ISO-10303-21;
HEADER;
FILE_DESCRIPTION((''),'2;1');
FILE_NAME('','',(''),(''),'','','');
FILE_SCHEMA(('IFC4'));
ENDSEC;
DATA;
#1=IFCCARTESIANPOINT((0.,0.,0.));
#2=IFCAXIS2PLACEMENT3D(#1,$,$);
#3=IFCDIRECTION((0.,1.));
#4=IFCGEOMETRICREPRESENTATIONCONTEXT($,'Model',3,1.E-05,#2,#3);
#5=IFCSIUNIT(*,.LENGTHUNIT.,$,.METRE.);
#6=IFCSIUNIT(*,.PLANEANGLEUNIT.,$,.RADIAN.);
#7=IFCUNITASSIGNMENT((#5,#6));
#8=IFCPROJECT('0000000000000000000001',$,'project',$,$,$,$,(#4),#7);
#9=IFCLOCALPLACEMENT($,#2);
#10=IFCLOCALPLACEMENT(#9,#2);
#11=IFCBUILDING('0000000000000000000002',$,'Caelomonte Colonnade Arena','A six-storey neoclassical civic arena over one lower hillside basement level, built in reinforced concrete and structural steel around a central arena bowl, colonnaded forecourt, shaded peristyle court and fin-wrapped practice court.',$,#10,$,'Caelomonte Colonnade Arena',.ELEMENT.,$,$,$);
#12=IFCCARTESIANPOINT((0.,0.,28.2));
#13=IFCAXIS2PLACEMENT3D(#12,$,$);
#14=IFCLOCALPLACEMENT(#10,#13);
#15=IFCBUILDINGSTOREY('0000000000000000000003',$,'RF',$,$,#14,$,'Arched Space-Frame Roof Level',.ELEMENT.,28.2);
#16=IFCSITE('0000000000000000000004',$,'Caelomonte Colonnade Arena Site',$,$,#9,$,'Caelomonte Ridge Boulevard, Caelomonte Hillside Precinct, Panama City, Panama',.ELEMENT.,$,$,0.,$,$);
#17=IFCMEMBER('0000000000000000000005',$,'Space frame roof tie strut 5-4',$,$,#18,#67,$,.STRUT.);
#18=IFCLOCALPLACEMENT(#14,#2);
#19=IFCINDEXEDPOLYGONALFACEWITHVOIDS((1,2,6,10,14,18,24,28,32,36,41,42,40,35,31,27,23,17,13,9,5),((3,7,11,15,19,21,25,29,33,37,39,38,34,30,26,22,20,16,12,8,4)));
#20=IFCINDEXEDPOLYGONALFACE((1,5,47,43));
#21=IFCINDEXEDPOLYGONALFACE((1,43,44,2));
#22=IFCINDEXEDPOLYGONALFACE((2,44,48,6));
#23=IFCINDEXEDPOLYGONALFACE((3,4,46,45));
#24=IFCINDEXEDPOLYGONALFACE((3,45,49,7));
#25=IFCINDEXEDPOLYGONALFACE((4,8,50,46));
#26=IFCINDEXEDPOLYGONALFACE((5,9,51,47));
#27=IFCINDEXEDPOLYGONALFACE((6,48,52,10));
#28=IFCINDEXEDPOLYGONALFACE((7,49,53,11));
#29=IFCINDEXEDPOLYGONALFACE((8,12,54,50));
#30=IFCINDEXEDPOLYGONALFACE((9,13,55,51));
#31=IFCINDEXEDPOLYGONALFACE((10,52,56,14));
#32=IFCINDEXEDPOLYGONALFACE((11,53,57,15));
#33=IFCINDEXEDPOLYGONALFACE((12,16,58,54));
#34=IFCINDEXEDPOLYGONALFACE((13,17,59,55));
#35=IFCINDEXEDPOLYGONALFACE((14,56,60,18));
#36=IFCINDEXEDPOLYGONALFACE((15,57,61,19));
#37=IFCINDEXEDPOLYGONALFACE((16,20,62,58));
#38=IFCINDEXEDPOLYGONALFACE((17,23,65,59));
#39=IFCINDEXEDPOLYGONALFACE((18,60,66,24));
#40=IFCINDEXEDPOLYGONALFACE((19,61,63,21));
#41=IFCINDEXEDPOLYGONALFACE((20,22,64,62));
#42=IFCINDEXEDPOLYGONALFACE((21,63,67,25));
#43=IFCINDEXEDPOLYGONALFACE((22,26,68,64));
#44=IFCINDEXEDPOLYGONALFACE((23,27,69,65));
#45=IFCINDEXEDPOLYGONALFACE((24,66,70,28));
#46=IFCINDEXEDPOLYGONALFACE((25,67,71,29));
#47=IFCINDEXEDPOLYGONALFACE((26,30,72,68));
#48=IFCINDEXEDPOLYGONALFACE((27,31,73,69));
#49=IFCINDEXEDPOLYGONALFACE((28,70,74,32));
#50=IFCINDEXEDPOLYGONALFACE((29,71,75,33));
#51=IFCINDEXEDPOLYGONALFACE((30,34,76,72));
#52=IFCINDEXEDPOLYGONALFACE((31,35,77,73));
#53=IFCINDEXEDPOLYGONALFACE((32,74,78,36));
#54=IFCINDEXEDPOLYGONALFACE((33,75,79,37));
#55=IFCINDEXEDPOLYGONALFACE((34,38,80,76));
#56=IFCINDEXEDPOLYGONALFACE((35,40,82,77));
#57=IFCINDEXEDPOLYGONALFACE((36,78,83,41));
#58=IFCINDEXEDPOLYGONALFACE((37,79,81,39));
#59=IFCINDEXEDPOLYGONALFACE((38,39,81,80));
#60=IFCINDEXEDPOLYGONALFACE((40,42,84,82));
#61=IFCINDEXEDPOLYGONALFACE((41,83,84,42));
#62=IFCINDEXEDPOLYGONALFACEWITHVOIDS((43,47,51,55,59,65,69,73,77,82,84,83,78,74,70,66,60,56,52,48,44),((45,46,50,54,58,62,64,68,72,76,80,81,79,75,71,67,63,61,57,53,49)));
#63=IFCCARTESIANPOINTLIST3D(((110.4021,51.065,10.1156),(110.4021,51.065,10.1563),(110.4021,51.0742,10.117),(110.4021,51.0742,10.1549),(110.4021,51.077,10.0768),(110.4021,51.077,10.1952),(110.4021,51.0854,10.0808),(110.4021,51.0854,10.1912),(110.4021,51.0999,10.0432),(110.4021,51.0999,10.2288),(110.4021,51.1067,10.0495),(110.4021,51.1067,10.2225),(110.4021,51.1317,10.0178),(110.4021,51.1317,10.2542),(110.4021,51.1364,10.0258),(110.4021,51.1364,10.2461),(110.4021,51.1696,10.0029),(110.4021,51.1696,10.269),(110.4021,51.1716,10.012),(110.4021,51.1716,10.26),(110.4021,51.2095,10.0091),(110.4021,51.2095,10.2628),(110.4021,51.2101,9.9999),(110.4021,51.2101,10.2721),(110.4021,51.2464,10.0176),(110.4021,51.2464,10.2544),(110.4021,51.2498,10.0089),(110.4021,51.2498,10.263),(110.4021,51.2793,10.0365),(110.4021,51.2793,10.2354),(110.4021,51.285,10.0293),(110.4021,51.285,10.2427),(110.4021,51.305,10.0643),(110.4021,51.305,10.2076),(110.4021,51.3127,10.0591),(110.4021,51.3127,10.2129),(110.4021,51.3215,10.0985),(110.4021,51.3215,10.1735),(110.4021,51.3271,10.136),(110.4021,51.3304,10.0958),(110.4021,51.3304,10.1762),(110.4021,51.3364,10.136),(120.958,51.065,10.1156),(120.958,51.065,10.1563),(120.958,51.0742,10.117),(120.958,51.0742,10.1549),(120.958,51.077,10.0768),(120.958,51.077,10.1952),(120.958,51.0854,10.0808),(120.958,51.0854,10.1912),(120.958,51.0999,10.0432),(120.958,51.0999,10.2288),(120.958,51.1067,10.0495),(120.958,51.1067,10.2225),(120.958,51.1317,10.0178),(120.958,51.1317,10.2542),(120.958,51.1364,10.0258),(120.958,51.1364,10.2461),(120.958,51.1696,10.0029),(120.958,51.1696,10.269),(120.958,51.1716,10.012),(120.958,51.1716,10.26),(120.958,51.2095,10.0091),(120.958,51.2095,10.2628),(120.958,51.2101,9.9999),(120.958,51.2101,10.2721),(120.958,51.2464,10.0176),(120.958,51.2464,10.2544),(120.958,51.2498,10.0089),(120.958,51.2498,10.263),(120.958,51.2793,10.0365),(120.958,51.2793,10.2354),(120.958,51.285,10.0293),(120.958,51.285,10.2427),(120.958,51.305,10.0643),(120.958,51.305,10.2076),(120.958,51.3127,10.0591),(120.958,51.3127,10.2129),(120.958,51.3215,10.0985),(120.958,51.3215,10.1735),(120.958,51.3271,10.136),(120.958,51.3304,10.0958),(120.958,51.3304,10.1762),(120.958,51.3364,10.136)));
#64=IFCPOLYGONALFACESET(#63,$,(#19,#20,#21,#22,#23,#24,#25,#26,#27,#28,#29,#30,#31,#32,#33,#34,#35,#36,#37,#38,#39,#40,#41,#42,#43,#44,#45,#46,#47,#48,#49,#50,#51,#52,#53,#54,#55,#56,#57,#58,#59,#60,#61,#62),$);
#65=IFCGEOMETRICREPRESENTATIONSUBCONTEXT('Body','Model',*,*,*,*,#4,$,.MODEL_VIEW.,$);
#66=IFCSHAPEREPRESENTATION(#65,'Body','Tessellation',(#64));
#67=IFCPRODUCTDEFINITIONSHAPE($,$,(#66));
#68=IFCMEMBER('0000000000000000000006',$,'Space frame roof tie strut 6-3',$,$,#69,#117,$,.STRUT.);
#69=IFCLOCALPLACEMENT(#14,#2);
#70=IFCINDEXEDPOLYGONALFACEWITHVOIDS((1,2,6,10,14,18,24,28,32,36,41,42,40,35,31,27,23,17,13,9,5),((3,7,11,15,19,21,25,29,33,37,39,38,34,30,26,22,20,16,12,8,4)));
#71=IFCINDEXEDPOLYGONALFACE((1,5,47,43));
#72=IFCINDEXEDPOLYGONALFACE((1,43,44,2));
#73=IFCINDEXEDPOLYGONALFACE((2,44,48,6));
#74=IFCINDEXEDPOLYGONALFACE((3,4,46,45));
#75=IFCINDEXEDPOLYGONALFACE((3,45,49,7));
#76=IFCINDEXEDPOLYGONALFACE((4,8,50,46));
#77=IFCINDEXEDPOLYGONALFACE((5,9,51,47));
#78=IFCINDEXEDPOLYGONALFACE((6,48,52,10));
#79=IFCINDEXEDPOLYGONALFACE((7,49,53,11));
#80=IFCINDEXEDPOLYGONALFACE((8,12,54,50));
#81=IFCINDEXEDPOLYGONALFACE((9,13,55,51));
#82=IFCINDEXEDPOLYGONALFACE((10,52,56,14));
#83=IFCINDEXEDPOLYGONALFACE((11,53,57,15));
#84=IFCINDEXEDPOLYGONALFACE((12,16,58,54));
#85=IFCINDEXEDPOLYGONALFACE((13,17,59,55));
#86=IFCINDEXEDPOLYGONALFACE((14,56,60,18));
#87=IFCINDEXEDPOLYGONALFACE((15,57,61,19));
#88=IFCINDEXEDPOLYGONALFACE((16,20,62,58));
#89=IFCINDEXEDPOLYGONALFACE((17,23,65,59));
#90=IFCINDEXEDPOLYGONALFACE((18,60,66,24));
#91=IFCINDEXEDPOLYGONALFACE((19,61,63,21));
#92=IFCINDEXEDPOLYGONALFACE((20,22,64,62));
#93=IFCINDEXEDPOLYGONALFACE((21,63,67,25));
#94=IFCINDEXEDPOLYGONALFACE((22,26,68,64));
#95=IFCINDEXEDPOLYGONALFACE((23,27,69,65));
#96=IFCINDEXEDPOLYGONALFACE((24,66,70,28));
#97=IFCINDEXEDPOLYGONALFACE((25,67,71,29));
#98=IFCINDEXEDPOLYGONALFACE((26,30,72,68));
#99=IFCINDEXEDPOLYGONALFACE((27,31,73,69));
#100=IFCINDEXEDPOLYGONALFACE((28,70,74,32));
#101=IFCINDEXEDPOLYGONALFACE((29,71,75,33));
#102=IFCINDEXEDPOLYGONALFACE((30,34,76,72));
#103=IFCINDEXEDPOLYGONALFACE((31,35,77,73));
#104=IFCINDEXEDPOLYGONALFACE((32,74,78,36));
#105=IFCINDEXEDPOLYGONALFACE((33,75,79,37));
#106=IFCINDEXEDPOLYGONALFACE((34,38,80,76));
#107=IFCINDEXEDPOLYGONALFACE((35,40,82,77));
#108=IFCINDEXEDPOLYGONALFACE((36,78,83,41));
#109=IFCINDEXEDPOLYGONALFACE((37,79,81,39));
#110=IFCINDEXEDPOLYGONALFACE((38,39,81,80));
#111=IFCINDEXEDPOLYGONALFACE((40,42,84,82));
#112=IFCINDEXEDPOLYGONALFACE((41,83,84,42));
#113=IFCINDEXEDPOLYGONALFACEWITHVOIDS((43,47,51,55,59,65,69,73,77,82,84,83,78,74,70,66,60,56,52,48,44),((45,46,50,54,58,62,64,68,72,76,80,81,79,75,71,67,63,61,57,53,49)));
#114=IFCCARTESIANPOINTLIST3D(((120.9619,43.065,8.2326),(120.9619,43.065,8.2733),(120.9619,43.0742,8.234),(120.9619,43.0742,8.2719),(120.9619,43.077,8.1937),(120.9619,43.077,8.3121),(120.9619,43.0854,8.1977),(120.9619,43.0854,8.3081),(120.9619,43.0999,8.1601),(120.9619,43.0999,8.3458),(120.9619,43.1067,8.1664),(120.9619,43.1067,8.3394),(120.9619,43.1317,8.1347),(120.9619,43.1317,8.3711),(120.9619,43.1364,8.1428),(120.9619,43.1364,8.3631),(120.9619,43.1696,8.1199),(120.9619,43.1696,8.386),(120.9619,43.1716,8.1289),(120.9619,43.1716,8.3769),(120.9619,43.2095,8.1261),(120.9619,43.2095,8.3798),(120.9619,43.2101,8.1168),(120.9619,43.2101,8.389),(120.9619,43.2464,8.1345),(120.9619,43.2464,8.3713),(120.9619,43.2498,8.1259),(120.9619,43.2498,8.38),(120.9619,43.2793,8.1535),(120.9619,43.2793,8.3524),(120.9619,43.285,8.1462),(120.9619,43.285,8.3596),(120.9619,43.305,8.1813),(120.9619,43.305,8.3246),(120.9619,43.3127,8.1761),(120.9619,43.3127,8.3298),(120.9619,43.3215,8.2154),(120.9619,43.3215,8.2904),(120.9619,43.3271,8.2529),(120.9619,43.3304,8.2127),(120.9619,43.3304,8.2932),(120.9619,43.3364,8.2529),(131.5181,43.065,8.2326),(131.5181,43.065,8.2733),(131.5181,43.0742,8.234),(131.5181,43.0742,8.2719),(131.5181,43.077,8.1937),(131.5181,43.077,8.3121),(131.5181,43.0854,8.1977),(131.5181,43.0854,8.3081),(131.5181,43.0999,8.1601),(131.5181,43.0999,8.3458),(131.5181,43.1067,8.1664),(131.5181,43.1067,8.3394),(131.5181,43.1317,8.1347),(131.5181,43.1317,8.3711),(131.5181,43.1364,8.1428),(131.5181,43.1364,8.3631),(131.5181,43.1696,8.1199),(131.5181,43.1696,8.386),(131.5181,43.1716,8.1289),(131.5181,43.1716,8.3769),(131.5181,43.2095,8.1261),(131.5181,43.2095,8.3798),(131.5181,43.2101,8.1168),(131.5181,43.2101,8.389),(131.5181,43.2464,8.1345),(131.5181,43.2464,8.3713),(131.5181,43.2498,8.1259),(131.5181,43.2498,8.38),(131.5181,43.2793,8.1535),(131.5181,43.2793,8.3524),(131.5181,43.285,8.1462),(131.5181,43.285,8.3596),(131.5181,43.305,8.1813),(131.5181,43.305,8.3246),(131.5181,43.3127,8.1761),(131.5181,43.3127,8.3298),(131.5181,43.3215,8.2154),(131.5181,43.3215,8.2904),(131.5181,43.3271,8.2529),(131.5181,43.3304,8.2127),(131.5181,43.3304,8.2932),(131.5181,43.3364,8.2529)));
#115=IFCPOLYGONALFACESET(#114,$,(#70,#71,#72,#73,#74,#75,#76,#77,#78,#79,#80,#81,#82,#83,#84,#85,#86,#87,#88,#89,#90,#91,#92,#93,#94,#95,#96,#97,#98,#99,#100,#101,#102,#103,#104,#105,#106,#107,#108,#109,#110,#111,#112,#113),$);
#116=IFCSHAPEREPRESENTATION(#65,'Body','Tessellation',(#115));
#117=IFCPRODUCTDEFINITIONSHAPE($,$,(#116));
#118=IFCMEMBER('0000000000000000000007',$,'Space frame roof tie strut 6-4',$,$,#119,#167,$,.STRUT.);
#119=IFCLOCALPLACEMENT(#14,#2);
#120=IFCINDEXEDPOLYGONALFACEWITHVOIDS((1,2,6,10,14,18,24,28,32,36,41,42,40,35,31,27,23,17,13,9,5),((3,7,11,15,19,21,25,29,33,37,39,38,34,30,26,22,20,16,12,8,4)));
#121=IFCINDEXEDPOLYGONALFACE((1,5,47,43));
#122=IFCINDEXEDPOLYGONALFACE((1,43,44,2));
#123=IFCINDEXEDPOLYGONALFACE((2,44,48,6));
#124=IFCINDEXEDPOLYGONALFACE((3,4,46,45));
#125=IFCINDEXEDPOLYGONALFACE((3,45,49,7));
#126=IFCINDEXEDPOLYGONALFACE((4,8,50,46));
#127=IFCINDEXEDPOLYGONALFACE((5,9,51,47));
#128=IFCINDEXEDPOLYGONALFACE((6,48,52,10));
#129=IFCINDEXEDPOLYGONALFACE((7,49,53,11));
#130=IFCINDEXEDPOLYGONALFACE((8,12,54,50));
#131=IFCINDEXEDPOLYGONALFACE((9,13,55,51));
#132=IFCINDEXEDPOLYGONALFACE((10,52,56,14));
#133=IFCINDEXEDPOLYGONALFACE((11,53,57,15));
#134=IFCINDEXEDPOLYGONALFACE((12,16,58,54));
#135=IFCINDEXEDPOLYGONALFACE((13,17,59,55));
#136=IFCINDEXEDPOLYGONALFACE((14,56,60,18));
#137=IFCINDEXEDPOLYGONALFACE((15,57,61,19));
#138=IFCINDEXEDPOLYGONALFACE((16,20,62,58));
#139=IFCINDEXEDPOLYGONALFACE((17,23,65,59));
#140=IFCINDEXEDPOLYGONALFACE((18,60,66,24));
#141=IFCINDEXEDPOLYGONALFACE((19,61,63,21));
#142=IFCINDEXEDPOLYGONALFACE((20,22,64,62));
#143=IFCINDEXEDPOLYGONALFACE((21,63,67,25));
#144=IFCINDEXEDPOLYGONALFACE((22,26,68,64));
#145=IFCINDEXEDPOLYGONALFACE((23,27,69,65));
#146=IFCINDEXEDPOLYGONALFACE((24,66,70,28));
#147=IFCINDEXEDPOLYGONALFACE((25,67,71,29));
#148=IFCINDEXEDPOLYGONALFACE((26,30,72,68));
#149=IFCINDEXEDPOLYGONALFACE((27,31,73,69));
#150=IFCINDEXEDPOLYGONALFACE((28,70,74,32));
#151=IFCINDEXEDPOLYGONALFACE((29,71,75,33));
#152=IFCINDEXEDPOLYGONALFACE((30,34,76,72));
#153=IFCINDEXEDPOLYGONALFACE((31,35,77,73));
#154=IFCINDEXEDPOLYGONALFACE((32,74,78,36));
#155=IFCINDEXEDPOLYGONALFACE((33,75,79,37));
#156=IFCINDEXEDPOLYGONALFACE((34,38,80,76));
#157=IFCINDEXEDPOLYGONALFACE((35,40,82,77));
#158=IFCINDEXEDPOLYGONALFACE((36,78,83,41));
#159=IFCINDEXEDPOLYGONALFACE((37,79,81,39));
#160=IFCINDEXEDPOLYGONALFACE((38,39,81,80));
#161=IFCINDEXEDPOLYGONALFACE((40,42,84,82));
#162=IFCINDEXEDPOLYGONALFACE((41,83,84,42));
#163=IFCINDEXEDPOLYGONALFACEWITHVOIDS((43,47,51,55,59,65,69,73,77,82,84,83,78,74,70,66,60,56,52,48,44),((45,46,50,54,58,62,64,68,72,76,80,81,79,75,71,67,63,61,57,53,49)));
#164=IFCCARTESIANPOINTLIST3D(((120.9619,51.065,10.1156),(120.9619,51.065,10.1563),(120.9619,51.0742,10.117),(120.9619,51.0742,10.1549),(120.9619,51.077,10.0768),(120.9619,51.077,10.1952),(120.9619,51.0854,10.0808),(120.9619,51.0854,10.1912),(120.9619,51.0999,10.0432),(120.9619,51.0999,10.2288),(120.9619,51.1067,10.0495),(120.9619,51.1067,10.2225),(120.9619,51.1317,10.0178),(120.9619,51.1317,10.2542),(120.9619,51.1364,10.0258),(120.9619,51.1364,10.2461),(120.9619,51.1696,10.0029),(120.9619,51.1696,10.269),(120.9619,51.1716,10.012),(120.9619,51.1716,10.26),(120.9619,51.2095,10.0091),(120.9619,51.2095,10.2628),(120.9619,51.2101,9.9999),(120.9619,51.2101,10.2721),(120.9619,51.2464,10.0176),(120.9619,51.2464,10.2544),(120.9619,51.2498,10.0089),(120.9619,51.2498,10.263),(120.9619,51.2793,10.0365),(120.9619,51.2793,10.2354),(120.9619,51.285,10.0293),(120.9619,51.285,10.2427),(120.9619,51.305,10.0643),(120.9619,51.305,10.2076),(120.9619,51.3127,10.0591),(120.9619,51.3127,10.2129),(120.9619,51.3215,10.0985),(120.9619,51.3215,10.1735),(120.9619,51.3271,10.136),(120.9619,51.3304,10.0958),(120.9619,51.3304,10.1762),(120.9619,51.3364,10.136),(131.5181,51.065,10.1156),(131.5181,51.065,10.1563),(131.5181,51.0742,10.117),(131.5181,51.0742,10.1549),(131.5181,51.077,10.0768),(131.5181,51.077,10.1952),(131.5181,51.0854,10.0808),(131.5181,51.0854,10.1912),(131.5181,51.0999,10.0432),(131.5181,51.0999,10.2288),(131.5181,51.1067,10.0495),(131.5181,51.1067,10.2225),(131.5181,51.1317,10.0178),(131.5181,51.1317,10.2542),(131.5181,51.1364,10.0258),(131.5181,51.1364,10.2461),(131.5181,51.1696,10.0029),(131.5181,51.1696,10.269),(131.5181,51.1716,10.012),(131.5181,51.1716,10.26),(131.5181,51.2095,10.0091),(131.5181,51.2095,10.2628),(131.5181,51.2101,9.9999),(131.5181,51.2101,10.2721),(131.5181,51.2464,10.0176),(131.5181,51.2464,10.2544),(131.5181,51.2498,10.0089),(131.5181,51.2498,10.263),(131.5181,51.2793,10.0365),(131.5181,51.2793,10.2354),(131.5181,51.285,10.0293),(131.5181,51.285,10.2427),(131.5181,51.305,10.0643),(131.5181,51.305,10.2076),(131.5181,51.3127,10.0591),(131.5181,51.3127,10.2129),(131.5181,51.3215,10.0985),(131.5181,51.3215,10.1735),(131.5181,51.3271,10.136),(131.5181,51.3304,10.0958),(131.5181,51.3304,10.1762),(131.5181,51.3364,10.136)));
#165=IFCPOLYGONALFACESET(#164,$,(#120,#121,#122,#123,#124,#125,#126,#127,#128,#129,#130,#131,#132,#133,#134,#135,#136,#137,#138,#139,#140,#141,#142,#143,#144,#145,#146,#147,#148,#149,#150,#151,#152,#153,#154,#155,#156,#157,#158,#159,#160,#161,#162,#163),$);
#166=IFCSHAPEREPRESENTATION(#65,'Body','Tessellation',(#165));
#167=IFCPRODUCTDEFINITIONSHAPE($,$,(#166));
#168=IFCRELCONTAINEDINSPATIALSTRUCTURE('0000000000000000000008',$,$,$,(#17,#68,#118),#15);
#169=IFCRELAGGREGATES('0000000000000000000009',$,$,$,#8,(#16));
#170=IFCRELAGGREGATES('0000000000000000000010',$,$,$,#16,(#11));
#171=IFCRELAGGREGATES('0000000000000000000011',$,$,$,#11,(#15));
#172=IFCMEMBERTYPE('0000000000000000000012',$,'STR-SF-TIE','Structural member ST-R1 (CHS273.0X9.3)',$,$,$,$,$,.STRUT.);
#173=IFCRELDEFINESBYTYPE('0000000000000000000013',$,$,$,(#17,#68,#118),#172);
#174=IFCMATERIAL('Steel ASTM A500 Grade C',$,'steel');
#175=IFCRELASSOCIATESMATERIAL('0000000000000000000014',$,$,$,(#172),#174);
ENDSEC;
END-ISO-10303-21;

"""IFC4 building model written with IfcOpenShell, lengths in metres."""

from ifc_helpers import new_model, si_unit, direction, frame, origin, origin_2d, place, context, subcontext, project, spatial, hollow_circle, extrude, material, material_profile, profile_set, type_object, element, save


model = new_model("IFC4")

# Units and contexts
model_context = context("Model", 3, precision=1e-05, world=origin(), true_north=direction((0.0, 1.0)))
body_context = subcontext(model_context, "Body", "Model", "MODEL_VIEW")
ifc_project = project(units=[si_unit("LENGTHUNIT", "METRE"), si_unit("PLANEANGLEUNIT", "RADIAN")], contexts=[model_context])

# Site, building, storey
site_placement = place(None, origin())
site = spatial("IfcSite", under=ifc_project, at=site_placement, Name="Caelomonte Colonnade Arena Site", LongName="Caelomonte Ridge Boulevard, Caelomonte Hillside Precinct, Panama City, Panama", CompositionType="ELEMENT", RefElevation=0.0)
building_placement = place(site_placement, origin())
building = spatial("IfcBuilding", under=site, at=building_placement, Name="Caelomonte Colonnade Arena", Description="A six-storey neoclassical civic arena over one lower hillside basement level, built in reinforced concrete and structural steel around a central arena bowl, colonnaded forecourt, shaded peristyle court and fin-wrapped practice court.", LongName="Caelomonte Colonnade Arena", CompositionType="ELEMENT")
storey_placement = place(building_placement, frame((0.0, 0.0, 28.2)))
storey = spatial("IfcBuildingStorey", under=building, at=storey_placement, Name="RF", LongName="Arched Space-Frame Roof Level", CompositionType="ELEMENT", Elevation=28.2)

# Members
ifc_material_1 = material(Name="Steel ASTM A500 Grade C", Category="steel")
ifc_material_profile_1 = material_profile(ifc_material_1, hollow_circle(Radius=0.1365, WallThickness=0.0093, at=origin_2d()), Name="CHS273.0X9.3")
ifc_profile_set_1 = profile_set([ifc_material_profile_1], Name="Steel ASTM A500 Grade C")
member_type_1 = type_object("IfcMemberType", Name="STR-SF-TIE", Description="Structural member ST-R1 (CHS273.0X9.3)", PredefinedType="STRUT", material=ifc_profile_set_1)
for number, where, z_axis, x_axis, name in (
    (1, (110.4021, 51.2, 10.136), (1.0, 0.0, 0.0), (0.0, 1.0, 0.0), "Space frame roof tie strut 5-4"),
):
    element("IfcMember", number, at=place(storey_placement, frame(where, z_axis=z_axis, x_axis=x_axis)), inside=storey, type_object=member_type_1, Name=name, PredefinedType="STRUT", context=body_context, shape_type="SweptSolid", body=[
        extrude(hollow_circle(Radius=0.1365, WallThickness=0.0093, at=origin_2d()), origin(), (0.0, 0.0, 1.0), 10.5559),
    ])
for number, where, z_axis, x_axis, name in (
    (2, (120.9619, 43.2, 8.2529), (1.0, 0.0, 0.0), (0.0, 1.0, 0.0), "Space frame roof tie strut 6-3"),
    (3, (120.9619, 51.2, 10.136), (1.0, 0.0, 0.0), (0.0, 1.0, 0.0), "Space frame roof tie strut 6-4"),
):
    element("IfcMember", number, at=place(storey_placement, frame(where, z_axis=z_axis, x_axis=x_axis)), inside=storey, type_object=member_type_1, Name=name, PredefinedType="STRUT", context=body_context, shape_type="SweptSolid", body=[
        extrude(hollow_circle(Radius=0.1365, WallThickness=0.0093, at=origin_2d()), origin(), (0.0, 0.0, 1.0), 10.5562),
    ])

save(model, "model.ifc")
